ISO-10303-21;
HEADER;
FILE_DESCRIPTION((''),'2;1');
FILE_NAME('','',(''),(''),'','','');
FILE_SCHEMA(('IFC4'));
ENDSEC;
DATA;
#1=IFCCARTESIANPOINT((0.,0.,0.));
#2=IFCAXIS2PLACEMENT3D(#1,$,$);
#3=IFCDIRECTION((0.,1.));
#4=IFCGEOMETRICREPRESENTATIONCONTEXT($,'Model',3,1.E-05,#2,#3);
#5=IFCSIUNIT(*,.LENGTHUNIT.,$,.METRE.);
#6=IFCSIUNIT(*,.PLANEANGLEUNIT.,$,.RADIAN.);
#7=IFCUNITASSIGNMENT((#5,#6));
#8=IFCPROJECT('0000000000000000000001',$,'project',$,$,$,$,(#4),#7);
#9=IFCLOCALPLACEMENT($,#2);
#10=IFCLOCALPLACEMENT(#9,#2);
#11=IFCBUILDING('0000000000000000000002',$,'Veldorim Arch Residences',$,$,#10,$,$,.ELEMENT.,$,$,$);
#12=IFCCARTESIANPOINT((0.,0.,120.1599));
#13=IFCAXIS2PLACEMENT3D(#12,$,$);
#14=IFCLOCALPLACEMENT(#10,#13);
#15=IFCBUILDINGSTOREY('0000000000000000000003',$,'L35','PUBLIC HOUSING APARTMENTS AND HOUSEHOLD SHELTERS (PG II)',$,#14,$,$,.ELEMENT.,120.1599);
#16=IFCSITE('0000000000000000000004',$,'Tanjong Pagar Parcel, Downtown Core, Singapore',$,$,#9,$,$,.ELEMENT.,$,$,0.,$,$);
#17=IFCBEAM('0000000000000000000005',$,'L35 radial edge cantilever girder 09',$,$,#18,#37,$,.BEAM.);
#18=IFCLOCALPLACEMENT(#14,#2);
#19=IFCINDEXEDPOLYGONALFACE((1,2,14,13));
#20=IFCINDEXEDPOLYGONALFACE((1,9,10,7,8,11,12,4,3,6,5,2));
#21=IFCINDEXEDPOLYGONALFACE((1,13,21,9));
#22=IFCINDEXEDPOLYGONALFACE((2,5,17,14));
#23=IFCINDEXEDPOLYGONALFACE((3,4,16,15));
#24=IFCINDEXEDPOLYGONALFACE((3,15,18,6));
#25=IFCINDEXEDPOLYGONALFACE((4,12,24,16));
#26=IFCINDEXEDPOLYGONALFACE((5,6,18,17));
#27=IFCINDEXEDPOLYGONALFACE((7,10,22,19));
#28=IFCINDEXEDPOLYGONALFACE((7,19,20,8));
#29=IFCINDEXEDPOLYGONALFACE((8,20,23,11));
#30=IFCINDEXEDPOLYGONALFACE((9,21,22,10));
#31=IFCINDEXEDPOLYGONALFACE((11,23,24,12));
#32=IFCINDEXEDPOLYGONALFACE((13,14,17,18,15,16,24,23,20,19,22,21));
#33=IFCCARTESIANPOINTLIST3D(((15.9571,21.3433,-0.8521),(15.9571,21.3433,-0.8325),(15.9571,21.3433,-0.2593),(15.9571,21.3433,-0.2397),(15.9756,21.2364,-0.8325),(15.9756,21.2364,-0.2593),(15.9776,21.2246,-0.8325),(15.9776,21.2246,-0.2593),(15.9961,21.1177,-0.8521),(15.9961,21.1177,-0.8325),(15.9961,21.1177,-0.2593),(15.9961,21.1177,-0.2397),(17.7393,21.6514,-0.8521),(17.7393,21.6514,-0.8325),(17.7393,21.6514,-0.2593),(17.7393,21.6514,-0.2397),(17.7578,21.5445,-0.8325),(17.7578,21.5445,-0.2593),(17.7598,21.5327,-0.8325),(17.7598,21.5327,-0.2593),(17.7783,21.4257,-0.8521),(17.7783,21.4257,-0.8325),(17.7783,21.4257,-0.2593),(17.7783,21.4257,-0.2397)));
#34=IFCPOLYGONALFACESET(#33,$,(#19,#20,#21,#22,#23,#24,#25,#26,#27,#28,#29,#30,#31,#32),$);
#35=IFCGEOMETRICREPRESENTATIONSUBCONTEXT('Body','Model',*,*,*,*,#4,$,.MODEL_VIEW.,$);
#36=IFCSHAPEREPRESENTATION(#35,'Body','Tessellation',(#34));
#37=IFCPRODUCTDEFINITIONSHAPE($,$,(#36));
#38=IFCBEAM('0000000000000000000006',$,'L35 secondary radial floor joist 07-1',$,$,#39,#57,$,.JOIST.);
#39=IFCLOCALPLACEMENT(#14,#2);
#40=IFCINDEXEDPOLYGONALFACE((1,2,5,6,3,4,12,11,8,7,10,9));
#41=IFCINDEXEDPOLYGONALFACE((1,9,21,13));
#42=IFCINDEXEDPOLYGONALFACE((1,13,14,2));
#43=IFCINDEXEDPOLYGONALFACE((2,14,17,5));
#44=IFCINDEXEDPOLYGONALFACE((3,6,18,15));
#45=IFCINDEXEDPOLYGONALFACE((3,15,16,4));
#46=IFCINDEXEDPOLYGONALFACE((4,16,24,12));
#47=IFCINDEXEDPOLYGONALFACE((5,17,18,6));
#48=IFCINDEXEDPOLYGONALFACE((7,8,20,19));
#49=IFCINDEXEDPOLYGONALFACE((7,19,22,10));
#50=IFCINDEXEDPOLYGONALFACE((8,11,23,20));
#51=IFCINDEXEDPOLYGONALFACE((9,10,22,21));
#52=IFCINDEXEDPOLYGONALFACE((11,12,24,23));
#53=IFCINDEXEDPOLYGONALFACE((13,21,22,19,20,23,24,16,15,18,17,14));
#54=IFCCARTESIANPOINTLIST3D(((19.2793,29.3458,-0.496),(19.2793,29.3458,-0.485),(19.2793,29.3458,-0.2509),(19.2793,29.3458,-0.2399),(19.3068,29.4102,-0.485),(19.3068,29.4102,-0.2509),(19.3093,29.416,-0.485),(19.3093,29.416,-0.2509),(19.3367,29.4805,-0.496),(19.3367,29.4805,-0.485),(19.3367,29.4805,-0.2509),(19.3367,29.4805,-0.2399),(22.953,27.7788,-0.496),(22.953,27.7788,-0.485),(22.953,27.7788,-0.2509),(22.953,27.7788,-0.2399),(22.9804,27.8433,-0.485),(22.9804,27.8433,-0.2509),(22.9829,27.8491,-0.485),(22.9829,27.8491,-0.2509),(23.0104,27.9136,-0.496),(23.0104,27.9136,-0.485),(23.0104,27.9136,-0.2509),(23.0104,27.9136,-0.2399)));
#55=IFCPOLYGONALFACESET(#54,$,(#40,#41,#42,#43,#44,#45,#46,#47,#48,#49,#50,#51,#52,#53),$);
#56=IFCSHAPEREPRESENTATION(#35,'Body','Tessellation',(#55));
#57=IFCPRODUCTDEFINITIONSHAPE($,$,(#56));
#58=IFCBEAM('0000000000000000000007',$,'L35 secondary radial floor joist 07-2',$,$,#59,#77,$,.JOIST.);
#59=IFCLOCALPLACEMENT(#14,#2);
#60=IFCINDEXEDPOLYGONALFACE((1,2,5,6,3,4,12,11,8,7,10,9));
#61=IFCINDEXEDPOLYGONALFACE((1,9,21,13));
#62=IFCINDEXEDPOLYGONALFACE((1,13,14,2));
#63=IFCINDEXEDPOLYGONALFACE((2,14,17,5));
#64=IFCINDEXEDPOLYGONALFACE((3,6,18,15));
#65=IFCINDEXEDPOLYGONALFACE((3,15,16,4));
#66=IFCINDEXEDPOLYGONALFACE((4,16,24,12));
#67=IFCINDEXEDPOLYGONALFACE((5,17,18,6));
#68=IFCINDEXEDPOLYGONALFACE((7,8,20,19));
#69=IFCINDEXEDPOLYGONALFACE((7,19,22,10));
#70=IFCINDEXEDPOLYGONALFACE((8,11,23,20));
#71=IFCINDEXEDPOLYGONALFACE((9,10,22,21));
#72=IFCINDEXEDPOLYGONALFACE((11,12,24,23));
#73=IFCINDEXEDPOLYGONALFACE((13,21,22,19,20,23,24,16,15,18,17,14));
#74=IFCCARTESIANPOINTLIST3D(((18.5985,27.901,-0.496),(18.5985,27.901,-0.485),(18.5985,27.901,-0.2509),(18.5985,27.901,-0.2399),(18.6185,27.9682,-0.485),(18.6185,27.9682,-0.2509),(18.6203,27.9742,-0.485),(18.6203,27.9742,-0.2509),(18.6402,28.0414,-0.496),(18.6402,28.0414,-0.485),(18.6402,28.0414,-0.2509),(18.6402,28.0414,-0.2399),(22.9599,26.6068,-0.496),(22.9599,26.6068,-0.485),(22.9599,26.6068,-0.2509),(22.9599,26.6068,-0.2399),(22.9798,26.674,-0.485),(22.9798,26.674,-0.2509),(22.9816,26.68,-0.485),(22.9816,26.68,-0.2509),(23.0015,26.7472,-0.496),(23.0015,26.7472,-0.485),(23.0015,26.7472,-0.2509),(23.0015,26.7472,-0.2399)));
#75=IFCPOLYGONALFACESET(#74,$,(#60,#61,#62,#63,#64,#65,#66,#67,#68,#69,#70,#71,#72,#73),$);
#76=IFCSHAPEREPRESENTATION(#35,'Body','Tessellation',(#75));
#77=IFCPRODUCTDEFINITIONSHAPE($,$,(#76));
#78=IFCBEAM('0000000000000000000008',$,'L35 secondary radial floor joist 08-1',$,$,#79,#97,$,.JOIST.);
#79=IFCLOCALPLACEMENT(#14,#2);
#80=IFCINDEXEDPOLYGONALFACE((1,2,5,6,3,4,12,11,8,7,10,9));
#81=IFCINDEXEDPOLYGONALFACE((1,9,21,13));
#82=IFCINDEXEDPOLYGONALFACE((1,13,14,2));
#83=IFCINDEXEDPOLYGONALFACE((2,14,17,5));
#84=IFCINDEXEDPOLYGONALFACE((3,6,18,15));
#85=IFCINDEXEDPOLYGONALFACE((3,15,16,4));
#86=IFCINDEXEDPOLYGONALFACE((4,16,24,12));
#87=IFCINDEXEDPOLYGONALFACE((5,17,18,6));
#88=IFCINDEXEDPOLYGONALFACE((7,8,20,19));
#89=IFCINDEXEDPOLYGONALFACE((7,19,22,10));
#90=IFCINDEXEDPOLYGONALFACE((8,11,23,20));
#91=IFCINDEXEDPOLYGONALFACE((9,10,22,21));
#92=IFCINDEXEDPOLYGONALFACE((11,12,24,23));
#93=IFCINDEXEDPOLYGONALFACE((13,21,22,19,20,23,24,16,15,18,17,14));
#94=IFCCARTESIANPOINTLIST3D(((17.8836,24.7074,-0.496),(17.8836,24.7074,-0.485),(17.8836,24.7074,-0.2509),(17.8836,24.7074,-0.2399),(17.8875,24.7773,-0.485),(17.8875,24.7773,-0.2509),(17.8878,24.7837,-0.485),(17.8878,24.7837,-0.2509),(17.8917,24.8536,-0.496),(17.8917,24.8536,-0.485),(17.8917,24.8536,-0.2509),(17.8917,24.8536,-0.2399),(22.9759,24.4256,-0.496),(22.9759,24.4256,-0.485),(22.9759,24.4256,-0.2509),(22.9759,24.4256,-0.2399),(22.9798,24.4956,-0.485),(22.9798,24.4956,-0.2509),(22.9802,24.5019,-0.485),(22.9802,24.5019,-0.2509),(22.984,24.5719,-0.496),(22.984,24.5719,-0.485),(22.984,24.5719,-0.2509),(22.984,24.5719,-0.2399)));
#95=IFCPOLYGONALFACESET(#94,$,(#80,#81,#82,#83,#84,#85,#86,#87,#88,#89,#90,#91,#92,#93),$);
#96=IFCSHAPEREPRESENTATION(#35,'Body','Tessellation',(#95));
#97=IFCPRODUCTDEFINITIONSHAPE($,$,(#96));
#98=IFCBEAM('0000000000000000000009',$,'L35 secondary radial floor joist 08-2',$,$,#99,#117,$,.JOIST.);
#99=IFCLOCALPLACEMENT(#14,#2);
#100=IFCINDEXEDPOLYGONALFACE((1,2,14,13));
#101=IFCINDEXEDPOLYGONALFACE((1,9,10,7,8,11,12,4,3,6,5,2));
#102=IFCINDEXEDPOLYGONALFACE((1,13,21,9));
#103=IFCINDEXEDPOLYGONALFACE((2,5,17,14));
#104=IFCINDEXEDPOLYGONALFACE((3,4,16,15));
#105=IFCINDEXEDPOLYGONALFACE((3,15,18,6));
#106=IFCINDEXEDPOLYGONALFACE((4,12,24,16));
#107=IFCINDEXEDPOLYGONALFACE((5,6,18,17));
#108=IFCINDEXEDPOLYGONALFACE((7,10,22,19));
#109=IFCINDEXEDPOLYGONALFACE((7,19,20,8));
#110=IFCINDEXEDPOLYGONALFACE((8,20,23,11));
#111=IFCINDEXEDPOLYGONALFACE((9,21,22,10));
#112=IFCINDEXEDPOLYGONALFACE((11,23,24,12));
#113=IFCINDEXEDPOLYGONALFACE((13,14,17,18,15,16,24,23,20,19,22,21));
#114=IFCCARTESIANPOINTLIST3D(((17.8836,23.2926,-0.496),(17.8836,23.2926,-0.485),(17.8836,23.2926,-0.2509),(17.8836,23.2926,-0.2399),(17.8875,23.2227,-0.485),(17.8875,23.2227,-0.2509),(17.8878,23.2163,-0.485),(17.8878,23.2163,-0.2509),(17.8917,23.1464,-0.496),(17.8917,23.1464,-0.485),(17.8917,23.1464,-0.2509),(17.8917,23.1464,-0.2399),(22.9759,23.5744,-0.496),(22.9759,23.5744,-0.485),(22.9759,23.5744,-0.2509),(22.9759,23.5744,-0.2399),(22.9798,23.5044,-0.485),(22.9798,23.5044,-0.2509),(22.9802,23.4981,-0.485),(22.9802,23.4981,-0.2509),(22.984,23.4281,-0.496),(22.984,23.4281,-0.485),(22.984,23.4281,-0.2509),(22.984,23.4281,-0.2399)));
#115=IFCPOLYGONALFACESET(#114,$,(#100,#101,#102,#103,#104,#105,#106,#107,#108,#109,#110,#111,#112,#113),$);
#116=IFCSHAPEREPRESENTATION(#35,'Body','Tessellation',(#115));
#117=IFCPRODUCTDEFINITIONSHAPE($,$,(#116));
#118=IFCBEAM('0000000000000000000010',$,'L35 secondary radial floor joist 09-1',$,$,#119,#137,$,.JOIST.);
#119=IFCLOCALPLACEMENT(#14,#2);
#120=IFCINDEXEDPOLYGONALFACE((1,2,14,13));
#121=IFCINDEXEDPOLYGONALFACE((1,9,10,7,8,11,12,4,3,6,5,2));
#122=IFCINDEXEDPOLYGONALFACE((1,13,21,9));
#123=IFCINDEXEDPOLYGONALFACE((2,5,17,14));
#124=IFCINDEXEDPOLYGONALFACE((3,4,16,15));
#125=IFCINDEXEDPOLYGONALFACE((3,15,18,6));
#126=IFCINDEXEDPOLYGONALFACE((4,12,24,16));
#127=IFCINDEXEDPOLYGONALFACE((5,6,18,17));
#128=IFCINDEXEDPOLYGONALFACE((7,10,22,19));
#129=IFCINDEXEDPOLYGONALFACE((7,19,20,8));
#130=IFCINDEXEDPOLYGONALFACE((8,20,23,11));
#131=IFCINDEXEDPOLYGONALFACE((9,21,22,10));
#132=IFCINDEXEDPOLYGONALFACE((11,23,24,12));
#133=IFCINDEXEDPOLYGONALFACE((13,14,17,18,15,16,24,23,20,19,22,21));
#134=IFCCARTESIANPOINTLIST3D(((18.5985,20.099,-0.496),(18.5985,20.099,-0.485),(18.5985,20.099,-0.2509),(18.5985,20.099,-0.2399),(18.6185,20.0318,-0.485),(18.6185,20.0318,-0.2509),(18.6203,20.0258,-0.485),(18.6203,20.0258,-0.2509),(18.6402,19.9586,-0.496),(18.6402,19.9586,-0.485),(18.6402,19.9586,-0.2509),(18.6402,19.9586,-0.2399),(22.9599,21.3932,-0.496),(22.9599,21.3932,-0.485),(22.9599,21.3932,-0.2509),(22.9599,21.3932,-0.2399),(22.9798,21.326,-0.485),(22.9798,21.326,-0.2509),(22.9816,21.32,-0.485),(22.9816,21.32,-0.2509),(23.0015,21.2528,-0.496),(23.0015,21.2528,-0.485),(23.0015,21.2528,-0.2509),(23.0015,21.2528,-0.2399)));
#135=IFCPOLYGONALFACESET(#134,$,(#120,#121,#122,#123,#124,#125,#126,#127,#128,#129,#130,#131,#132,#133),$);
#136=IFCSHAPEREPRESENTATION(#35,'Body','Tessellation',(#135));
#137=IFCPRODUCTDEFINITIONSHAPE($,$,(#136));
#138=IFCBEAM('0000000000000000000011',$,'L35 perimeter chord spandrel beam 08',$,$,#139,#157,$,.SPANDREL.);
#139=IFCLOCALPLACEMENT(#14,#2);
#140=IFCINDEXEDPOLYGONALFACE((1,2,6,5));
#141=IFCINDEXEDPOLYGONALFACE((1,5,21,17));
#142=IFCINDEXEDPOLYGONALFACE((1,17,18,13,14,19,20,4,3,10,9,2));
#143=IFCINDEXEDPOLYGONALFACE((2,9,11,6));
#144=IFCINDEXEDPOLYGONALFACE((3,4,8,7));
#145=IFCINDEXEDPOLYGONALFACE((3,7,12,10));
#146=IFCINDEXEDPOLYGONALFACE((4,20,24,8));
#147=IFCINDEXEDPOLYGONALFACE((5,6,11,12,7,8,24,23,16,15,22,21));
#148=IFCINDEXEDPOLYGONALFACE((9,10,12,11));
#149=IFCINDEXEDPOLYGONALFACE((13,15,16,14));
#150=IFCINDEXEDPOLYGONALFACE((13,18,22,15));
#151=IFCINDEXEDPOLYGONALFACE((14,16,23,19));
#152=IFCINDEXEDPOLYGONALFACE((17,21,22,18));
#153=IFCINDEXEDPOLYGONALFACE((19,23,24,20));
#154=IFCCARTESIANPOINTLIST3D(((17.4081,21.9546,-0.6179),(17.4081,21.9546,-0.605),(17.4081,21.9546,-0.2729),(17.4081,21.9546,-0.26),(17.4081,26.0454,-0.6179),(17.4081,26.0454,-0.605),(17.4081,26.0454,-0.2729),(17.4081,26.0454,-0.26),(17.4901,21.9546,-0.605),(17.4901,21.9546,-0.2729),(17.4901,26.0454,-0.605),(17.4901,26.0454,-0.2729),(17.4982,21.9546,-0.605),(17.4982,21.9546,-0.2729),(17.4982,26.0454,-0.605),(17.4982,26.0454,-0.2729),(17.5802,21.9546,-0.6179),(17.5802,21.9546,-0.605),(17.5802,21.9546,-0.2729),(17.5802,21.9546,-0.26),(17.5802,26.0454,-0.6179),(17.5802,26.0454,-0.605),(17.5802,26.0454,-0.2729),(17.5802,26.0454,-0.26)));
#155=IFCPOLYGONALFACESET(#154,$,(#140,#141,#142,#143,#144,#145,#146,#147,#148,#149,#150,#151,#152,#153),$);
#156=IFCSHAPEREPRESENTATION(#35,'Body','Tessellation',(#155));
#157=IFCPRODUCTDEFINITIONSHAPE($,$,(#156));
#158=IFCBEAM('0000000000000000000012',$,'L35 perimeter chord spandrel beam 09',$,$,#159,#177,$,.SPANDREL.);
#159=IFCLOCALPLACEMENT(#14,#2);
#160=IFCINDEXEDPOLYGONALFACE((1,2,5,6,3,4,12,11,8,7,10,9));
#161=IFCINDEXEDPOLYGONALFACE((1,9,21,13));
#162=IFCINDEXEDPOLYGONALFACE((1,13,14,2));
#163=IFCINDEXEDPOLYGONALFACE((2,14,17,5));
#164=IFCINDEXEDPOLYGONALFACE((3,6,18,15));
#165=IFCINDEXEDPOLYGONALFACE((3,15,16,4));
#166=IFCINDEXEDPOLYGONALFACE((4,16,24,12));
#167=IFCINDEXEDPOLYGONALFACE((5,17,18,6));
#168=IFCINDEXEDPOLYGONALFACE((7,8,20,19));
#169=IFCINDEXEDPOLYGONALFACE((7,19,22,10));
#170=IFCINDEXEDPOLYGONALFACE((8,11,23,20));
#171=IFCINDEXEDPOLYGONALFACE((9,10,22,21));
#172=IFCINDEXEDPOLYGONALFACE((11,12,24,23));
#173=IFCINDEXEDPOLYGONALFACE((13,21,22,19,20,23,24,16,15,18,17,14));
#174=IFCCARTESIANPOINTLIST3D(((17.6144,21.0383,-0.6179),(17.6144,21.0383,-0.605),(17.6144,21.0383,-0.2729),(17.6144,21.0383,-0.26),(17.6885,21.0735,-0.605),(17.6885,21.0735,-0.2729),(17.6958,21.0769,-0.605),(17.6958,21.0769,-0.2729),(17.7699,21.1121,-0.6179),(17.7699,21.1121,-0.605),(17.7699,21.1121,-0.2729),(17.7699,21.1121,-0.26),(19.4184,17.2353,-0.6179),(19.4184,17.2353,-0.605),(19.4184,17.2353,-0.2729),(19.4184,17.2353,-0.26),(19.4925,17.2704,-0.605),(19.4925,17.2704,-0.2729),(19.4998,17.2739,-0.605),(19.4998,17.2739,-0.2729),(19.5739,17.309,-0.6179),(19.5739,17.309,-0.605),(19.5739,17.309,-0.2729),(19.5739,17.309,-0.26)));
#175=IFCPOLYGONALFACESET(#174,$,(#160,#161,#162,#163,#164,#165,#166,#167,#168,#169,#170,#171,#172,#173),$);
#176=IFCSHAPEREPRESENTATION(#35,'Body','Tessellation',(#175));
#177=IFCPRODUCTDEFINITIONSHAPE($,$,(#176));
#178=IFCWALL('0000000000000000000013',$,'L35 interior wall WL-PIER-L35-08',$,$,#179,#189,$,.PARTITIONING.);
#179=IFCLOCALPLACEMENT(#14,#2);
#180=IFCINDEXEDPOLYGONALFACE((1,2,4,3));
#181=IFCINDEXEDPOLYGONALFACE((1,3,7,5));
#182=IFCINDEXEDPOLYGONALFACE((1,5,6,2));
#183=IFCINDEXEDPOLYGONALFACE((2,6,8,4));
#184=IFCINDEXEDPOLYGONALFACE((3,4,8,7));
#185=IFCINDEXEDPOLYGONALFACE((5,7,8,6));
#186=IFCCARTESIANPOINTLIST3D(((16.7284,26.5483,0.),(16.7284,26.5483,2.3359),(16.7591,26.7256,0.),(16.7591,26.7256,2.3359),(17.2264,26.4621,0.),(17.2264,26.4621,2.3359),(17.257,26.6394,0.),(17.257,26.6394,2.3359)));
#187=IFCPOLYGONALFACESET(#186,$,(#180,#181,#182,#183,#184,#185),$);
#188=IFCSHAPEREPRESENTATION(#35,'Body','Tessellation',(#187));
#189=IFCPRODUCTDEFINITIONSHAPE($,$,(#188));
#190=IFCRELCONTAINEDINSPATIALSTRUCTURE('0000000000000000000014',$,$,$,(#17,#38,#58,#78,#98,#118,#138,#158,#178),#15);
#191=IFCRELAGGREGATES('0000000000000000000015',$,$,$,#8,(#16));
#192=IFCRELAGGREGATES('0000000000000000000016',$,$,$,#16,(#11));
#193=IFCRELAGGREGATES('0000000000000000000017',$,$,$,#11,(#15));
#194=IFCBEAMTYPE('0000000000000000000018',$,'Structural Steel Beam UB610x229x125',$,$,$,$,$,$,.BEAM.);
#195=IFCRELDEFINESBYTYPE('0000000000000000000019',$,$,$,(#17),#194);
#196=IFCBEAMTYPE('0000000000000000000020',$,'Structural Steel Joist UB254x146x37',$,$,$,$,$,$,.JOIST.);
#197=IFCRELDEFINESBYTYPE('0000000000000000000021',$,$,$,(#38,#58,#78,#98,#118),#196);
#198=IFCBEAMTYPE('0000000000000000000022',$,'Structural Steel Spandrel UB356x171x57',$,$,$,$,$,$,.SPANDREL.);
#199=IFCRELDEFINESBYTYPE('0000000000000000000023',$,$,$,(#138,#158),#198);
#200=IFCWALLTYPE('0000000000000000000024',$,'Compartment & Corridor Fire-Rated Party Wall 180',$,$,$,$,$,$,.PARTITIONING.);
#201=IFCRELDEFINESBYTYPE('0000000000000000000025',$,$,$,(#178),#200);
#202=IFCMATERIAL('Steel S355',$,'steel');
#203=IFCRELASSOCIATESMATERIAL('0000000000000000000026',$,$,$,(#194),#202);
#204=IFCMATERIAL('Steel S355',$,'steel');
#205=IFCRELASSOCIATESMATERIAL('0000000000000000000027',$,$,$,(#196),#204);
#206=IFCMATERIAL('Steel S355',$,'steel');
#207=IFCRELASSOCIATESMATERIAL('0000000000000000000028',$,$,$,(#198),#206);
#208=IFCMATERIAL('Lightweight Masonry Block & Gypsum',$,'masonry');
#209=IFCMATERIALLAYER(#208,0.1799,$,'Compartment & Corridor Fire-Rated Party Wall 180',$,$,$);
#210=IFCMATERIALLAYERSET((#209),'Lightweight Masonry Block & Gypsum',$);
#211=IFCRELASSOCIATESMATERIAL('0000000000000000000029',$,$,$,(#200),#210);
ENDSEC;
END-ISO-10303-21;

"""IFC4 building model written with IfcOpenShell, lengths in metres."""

from ifc_helpers import new_model, si_unit, direction, frame, frame_2d, origin, origin_2d, place, context, subcontext, project, spatial, rectangle, i_section, extrude, material, layer, layer_set, material_profile, profile_set, type_object, element, save


model = new_model("IFC4")

# Units and contexts
model_context = context("Model", 3, precision=1e-05, world=origin(), true_north=direction((0.0, 1.0)))
body_context = subcontext(model_context, "Body", "Model", "MODEL_VIEW")
ifc_project = project(units=[si_unit("LENGTHUNIT", "METRE"), si_unit("PLANEANGLEUNIT", "RADIAN")], contexts=[model_context])

# Site, building, storey
site_placement = place(None, origin())
site = spatial("IfcSite", under=ifc_project, at=site_placement, Name="Tanjong Pagar Parcel, Downtown Core, Singapore", CompositionType="ELEMENT", RefElevation=0.0)
building_placement = place(site_placement, origin())
building = spatial("IfcBuilding", under=site, at=building_placement, Name="Veldorim Arch Residences", CompositionType="ELEMENT")
storey_placement = place(building_placement, frame((0.0, 0.0, 120.1599)))
storey = spatial("IfcBuildingStorey", under=building, at=storey_placement, Name="L35", Description="PUBLIC HOUSING APARTMENTS AND HOUSEHOLD SHELTERS (PG II)", CompositionType="ELEMENT", Elevation=120.1599)

# Beams
ifc_material_1 = material(Name="Steel S355", Category="steel")
ifc_material_profile_1 = material_profile(ifc_material_1, i_section(OverallWidth=0.229, OverallDepth=0.6123, WebThickness=0.012, FlangeThickness=0.0195, at=origin_2d()), Name="UB610x229x125")
ifc_profile_set_1 = profile_set([ifc_material_profile_1], Name="Steel S355")
beam_type_1 = type_object("IfcBeamType", Name="Structural Steel Beam UB610x229x125", PredefinedType="BEAM", material=ifc_profile_set_1)
beam_1_placement = place(storey_placement, frame((17.7588, 21.5386, -0.5459), z_axis=(-0.985384, -0.17035, 0.0), x_axis=(0.17035, -0.985384, 0.0)))
element("IfcBeam", 1, at=beam_1_placement, inside=storey, type_object=beam_type_1, Name="L35 radial edge cantilever girder 09", PredefinedType="BEAM", context=body_context, shape_type="SweptSolid", body=[
    extrude(i_section(OverallWidth=0.229, OverallDepth=0.6123, WebThickness=0.012, FlangeThickness=0.0195, at=origin_2d()), origin(), (0.0, 0.0, 1.0), 1.8086),
])
ifc_material_2 = material(Name="Steel S355", Category="steel")
ifc_material_profile_2 = material_profile(ifc_material_2, i_section(OverallWidth=0.1465, OverallDepth=0.2561, WebThickness=0.0063, FlangeThickness=0.011, at=origin_2d()), Name="UB254x146x37")
ifc_profile_set_2 = profile_set([ifc_material_profile_2], Name="Steel S355")
beam_type_2 = type_object("IfcBeamType", Name="Structural Steel Joist UB254x146x37", PredefinedType="JOIST", material=ifc_profile_set_2)
beam_2_placement = place(storey_placement, frame((22.9817, 27.8462, -0.3679), z_axis=(-0.919823, 0.392332, 0.0), x_axis=(-0.392332, -0.919823, 0.0)))
element("IfcBeam", 2, at=beam_2_placement, inside=storey, type_object=beam_type_2, Name="L35 secondary radial floor joist 07-1", PredefinedType="JOIST", context=body_context, shape_type="SweptSolid", body=[
    extrude(i_section(OverallWidth=0.1465, OverallDepth=0.2561, WebThickness=0.0063, FlangeThickness=0.011, at=origin_2d()), origin(), (0.0, 0.0, 1.0), 3.9939),
])
beam_3_placement = place(storey_placement, frame((22.9807, 26.677, -0.3679), z_axis=(-0.958682, 0.284481, 0.0), x_axis=(-0.284481, -0.958682, 0.0)))
element("IfcBeam", 3, at=beam_3_placement, inside=storey, type_object=beam_type_2, Name="L35 secondary radial floor joist 07-2", PredefinedType="JOIST", context=body_context, shape_type="SweptSolid", body=[
    extrude(i_section(OverallWidth=0.1465, OverallDepth=0.2561, WebThickness=0.0063, FlangeThickness=0.011, at=origin_2d()), origin(), (0.0, 0.0, 1.0), 4.5493),
])
for number, where, z_axis, x_axis, name in (
    (4, (22.98, 24.4988, -0.3679), (-0.998473, 0.055242, 0.0), (-0.055242, -0.998473, 0.0), "L35 secondary radial floor joist 08-1"),
    (5, (22.98, 23.5012, -0.3679), (-0.998473, -0.055242, 0.0), (0.055242, -0.998473, 0.0), "L35 secondary radial floor joist 08-2"),
):
    element("IfcBeam", number, at=place(storey_placement, frame(where, z_axis=z_axis, x_axis=x_axis)), inside=storey, type_object=beam_type_2, Name=name, PredefinedType="JOIST", context=body_context, shape_type="SweptSolid", body=[
        extrude(i_section(OverallWidth=0.1465, OverallDepth=0.2561, WebThickness=0.0063, FlangeThickness=0.011, at=origin_2d()), origin(), (0.0, 0.0, 1.0), 5.1001),
    ])
beam_4_placement = place(storey_placement, frame((22.9807, 21.323, -0.3679), z_axis=(-0.958682, -0.284481, 0.0), x_axis=(0.284481, -0.958682, 0.0)))
element("IfcBeam", 6, at=beam_4_placement, inside=storey, type_object=beam_type_2, Name="L35 secondary radial floor joist 09-1", PredefinedType="JOIST", context=body_context, shape_type="SweptSolid", body=[
    extrude(i_section(OverallWidth=0.1465, OverallDepth=0.2561, WebThickness=0.0063, FlangeThickness=0.011, at=origin_2d()), origin(), (0.0, 0.0, 1.0), 4.5493),
])
ifc_material_3 = material(Name="Steel S355", Category="steel")
ifc_material_profile_3 = material_profile(ifc_material_3, i_section(OverallWidth=0.1721, OverallDepth=0.3579, WebThickness=0.0081, FlangeThickness=0.0129, at=origin_2d()), Name="UB356x171x57")
ifc_profile_set_3 = profile_set([ifc_material_profile_3], Name="Steel S355")
beam_type_3 = type_object("IfcBeamType", Name="Structural Steel Spandrel UB356x171x57", PredefinedType="SPANDREL", material=ifc_profile_set_3)
beam_5_placement = place(storey_placement, frame((17.4941, 26.0454, -0.439), z_axis=(0.0, -1.0, 0.0), x_axis=(1.0, 0.0, 0.0)))
element("IfcBeam", 7, at=beam_5_placement, inside=storey, type_object=beam_type_3, Name="L35 perimeter chord spandrel beam 08", PredefinedType="SPANDREL", context=body_context, shape_type="SweptSolid", body=[
    extrude(i_section(OverallWidth=0.1721, OverallDepth=0.3579, WebThickness=0.0081, FlangeThickness=0.0129, at=origin_2d()), origin(), (0.0, 0.0, 1.0), 4.0908),
])
beam_6_placement = place(storey_placement, frame((17.6921, 21.0752, -0.439), z_axis=(0.42858, -0.903504, 0.0), x_axis=(0.903504, 0.42858, 0.0)))
element("IfcBeam", 8, at=beam_6_placement, inside=storey, type_object=beam_type_3, Name="L35 perimeter chord spandrel beam 09", PredefinedType="SPANDREL", context=body_context, shape_type="SweptSolid", body=[
    extrude(i_section(OverallWidth=0.1721, OverallDepth=0.3579, WebThickness=0.0081, FlangeThickness=0.0129, at=origin_2d()), origin(), (0.0, 0.0, 1.0), 4.2092),
])

# Wall
ifc_material_4 = material(Name="Lightweight Masonry Block & Gypsum", Category="masonry")
ifc_layer_1 = layer(ifc_material_4, 0.1799, Name="Compartment & Corridor Fire-Rated Party Wall 180")
ifc_layer_set_1 = layer_set([ifc_layer_1], Name="Lightweight Masonry Block & Gypsum")
wall_type_1 = type_object("IfcWallType", Name="Compartment & Corridor Fire-Rated Party Wall 180", PredefinedType="PARTITIONING", material=ifc_layer_set_1)
wall_1_placement = place(storey_placement, frame((17.2417, 26.5508, 0.0), z_axis=(0.0, 0.0, 1.0), x_axis=(-0.985357, 0.170505, 0.0)))
element("IfcWall", 9, at=wall_1_placement, inside=storey, type_object=wall_type_1, Name="L35 interior wall WL-PIER-L35-08", PredefinedType="PARTITIONING", context=body_context, shape_type="SweptSolid", body=[
    extrude(rectangle(XDim=0.5054, YDim=0.1799, at=frame_2d((0.2527, 0.0))), origin(), (0.0, 0.0, 1.0), 2.3359),
])

save(model, "model.ifc")
